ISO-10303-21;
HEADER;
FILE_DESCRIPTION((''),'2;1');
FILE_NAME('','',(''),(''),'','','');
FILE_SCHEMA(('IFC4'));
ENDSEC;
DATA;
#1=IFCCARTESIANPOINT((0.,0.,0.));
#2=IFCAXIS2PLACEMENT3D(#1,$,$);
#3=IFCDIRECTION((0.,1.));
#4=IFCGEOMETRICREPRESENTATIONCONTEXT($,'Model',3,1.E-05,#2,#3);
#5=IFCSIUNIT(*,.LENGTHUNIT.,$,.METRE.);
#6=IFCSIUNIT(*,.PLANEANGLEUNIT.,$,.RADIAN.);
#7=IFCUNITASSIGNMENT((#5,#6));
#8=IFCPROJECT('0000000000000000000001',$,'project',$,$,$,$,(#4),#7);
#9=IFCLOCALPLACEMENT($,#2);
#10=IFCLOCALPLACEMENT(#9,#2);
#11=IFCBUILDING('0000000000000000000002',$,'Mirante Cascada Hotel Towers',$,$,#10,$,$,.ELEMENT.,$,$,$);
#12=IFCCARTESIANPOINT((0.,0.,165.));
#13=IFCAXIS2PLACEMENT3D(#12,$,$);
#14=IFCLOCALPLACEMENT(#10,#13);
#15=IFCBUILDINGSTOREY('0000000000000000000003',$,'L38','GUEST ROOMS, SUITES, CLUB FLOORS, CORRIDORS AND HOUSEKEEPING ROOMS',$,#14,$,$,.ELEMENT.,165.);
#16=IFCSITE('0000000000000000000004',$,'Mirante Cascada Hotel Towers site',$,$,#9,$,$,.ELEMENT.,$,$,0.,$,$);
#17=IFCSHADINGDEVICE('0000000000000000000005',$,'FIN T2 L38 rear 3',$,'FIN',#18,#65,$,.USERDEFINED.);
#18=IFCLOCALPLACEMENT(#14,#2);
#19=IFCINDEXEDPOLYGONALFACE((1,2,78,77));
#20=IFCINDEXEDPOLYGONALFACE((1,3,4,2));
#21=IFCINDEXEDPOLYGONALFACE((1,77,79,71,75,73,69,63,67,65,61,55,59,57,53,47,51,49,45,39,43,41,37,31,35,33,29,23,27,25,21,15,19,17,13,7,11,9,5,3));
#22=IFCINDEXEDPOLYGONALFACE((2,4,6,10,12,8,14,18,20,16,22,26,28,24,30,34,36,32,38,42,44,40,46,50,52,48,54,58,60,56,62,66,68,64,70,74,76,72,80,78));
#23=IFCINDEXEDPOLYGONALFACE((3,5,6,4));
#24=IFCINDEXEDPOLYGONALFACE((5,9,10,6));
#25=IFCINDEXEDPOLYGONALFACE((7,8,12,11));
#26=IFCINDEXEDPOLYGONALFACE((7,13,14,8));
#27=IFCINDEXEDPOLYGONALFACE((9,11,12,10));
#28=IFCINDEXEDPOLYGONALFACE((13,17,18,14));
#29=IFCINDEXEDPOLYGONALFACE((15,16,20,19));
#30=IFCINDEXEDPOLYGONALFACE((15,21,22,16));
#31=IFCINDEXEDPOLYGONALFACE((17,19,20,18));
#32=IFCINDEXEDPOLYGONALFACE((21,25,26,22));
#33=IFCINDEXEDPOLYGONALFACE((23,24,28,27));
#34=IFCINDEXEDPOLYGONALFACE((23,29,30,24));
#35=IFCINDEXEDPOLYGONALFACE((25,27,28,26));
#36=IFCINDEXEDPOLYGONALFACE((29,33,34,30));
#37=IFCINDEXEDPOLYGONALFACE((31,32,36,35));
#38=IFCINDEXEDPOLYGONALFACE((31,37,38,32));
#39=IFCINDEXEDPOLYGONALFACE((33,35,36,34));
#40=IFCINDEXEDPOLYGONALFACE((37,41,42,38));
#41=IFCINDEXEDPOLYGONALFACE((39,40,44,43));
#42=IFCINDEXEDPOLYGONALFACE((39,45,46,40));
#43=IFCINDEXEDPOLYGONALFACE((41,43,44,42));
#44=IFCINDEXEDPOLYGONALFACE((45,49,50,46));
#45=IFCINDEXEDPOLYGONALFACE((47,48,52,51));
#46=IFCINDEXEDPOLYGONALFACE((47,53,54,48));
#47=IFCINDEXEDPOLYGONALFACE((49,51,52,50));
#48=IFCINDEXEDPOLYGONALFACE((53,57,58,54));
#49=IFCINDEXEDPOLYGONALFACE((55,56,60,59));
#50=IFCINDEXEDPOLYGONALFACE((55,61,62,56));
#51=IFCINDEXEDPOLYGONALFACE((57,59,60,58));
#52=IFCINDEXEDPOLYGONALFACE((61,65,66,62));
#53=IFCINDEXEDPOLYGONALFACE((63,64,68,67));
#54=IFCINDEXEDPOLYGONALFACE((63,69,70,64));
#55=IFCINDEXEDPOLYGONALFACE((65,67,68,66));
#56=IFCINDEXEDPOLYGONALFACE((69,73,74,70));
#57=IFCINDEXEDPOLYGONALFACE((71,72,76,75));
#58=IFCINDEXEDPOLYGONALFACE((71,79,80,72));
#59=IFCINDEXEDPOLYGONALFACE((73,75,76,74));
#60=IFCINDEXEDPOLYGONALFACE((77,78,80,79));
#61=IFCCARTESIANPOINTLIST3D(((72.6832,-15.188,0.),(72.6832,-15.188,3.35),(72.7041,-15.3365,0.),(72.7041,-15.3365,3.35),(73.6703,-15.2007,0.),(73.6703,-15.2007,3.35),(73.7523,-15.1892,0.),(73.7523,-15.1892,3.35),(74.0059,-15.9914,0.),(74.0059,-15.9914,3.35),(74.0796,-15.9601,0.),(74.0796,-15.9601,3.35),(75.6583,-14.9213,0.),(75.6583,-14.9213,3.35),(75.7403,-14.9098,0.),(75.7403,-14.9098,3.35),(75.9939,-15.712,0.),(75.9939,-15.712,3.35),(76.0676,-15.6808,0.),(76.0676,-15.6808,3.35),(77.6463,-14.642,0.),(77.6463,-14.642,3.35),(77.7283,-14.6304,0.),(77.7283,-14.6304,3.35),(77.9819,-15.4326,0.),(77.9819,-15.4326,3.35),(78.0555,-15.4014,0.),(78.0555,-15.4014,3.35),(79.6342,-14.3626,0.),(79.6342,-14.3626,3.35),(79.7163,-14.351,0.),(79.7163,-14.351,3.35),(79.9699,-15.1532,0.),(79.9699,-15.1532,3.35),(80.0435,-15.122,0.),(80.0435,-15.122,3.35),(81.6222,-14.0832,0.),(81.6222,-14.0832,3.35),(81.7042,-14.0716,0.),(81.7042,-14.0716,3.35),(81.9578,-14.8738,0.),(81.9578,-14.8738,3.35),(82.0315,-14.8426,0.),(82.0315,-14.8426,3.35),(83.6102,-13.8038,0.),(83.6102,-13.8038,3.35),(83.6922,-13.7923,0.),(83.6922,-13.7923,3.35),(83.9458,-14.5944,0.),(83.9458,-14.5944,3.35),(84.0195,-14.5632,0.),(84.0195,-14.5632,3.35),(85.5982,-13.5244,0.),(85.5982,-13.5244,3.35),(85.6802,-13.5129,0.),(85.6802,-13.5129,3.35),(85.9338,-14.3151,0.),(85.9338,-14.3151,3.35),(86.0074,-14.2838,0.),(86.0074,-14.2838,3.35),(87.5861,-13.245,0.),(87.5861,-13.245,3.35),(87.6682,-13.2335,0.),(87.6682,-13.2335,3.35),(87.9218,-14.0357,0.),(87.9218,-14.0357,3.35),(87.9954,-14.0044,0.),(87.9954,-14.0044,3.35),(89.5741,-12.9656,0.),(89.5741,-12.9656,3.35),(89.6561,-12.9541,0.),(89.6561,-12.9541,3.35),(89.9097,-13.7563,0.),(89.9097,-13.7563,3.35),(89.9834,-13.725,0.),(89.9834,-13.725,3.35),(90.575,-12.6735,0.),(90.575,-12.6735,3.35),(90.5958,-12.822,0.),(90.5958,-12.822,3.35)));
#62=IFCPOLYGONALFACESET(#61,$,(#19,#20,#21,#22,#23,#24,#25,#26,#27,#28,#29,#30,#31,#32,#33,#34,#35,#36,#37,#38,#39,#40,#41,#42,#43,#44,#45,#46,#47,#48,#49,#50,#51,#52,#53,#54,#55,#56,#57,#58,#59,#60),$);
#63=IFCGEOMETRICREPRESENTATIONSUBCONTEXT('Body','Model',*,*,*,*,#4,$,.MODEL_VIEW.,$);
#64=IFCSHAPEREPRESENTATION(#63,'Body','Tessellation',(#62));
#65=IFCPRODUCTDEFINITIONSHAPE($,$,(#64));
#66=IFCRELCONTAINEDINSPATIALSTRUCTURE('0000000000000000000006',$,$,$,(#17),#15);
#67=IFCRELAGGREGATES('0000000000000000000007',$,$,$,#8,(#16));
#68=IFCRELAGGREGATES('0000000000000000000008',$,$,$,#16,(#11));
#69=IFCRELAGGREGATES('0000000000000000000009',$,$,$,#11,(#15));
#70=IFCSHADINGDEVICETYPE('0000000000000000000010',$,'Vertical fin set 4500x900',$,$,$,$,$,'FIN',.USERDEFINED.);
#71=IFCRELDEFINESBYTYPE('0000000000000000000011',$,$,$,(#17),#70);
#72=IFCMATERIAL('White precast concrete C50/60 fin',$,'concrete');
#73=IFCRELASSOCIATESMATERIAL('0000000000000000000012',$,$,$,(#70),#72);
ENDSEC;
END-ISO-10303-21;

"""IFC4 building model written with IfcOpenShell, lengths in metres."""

from ifc_helpers import new_model, si_unit, direction, frame, origin, place, context, subcontext, project, spatial, polyline, outline, extrude, material, type_object, element, save


model = new_model("IFC4")

# Units and contexts
model_context = context("Model", 3, precision=1e-05, world=origin(), true_north=direction((0.0, 1.0)))
body_context = subcontext(model_context, "Body", "Model", "MODEL_VIEW")
ifc_project = project(units=[si_unit("LENGTHUNIT", "METRE"), si_unit("PLANEANGLEUNIT", "RADIAN")], contexts=[model_context])

# Site, building, storey
site_placement = place(None, origin())
site = spatial("IfcSite", under=ifc_project, at=site_placement, Name="Mirante Cascada Hotel Towers site", CompositionType="ELEMENT", RefElevation=0.0)
building_placement = place(site_placement, origin())
building = spatial("IfcBuilding", under=site, at=building_placement, Name="Mirante Cascada Hotel Towers", CompositionType="ELEMENT")
storey_placement = place(building_placement, frame((0.0, 0.0, 165.0)))
storey = spatial("IfcBuildingStorey", under=building, at=storey_placement, Name="L38", Description="GUEST ROOMS, SUITES, CLUB FLOORS, CORRIDORS AND HOUSEKEEPING ROOMS", CompositionType="ELEMENT", Elevation=165.0)

# Shading device
ifc_material_1 = material(Name="White precast concrete C50/60 fin", Category="concrete")
shading_device_type = type_object("IfcShadingDeviceType", Name="Vertical fin set 4500x900", ElementType="FIN", PredefinedType="USERDEFINED", material=ifc_material_1)
shading_device_placement = place(storey_placement, origin())
element("IfcShadingDevice", 1, at=shading_device_placement, inside=storey, type_object=shading_device_type, Name="FIN T2 L38 rear 3", ObjectType="FIN", PredefinedType="USERDEFINED", context=body_context, shape_type="SweptSolid", body=[
    extrude(outline(polyline([(74.0059, -15.9914), (73.6703, -15.2007), (72.7041, -15.3365), (72.6832, -15.188), (90.575, -12.6735), (90.5958, -12.822), (89.6561, -12.9541), (89.9834, -13.725), (89.9097, -13.7563), (89.5741, -12.9656), (87.6682, -13.2335), (87.9954, -14.0044), (87.9218, -14.0357), (87.5861, -13.245), (85.6802, -13.5129), (86.0074, -14.2838), (85.9338, -14.3151), (85.5982, -13.5244), (83.6922, -13.7923), (84.0195, -14.5632), (83.9458, -14.5944), (83.6102, -13.8038), (81.7042, -14.0716), (82.0315, -14.8426), (81.9578, -14.8738), (81.6222, -14.0832), (79.7163, -14.351), (80.0435, -15.122), (79.9699, -15.1532), (79.6342, -14.3626), (77.7283, -14.6304), (78.0555, -15.4014), (77.9819, -15.4326), (77.6463, -14.642), (75.7403, -14.9098), (76.0676, -15.6808), (75.9939, -15.712), (75.6583, -14.9213), (73.7523, -15.1892), (74.0796, -15.9601), (74.0059, -15.9914)])), origin(), (0.0, 0.0, 1.0), 3.35),
])

save(model, "model.ifc")
